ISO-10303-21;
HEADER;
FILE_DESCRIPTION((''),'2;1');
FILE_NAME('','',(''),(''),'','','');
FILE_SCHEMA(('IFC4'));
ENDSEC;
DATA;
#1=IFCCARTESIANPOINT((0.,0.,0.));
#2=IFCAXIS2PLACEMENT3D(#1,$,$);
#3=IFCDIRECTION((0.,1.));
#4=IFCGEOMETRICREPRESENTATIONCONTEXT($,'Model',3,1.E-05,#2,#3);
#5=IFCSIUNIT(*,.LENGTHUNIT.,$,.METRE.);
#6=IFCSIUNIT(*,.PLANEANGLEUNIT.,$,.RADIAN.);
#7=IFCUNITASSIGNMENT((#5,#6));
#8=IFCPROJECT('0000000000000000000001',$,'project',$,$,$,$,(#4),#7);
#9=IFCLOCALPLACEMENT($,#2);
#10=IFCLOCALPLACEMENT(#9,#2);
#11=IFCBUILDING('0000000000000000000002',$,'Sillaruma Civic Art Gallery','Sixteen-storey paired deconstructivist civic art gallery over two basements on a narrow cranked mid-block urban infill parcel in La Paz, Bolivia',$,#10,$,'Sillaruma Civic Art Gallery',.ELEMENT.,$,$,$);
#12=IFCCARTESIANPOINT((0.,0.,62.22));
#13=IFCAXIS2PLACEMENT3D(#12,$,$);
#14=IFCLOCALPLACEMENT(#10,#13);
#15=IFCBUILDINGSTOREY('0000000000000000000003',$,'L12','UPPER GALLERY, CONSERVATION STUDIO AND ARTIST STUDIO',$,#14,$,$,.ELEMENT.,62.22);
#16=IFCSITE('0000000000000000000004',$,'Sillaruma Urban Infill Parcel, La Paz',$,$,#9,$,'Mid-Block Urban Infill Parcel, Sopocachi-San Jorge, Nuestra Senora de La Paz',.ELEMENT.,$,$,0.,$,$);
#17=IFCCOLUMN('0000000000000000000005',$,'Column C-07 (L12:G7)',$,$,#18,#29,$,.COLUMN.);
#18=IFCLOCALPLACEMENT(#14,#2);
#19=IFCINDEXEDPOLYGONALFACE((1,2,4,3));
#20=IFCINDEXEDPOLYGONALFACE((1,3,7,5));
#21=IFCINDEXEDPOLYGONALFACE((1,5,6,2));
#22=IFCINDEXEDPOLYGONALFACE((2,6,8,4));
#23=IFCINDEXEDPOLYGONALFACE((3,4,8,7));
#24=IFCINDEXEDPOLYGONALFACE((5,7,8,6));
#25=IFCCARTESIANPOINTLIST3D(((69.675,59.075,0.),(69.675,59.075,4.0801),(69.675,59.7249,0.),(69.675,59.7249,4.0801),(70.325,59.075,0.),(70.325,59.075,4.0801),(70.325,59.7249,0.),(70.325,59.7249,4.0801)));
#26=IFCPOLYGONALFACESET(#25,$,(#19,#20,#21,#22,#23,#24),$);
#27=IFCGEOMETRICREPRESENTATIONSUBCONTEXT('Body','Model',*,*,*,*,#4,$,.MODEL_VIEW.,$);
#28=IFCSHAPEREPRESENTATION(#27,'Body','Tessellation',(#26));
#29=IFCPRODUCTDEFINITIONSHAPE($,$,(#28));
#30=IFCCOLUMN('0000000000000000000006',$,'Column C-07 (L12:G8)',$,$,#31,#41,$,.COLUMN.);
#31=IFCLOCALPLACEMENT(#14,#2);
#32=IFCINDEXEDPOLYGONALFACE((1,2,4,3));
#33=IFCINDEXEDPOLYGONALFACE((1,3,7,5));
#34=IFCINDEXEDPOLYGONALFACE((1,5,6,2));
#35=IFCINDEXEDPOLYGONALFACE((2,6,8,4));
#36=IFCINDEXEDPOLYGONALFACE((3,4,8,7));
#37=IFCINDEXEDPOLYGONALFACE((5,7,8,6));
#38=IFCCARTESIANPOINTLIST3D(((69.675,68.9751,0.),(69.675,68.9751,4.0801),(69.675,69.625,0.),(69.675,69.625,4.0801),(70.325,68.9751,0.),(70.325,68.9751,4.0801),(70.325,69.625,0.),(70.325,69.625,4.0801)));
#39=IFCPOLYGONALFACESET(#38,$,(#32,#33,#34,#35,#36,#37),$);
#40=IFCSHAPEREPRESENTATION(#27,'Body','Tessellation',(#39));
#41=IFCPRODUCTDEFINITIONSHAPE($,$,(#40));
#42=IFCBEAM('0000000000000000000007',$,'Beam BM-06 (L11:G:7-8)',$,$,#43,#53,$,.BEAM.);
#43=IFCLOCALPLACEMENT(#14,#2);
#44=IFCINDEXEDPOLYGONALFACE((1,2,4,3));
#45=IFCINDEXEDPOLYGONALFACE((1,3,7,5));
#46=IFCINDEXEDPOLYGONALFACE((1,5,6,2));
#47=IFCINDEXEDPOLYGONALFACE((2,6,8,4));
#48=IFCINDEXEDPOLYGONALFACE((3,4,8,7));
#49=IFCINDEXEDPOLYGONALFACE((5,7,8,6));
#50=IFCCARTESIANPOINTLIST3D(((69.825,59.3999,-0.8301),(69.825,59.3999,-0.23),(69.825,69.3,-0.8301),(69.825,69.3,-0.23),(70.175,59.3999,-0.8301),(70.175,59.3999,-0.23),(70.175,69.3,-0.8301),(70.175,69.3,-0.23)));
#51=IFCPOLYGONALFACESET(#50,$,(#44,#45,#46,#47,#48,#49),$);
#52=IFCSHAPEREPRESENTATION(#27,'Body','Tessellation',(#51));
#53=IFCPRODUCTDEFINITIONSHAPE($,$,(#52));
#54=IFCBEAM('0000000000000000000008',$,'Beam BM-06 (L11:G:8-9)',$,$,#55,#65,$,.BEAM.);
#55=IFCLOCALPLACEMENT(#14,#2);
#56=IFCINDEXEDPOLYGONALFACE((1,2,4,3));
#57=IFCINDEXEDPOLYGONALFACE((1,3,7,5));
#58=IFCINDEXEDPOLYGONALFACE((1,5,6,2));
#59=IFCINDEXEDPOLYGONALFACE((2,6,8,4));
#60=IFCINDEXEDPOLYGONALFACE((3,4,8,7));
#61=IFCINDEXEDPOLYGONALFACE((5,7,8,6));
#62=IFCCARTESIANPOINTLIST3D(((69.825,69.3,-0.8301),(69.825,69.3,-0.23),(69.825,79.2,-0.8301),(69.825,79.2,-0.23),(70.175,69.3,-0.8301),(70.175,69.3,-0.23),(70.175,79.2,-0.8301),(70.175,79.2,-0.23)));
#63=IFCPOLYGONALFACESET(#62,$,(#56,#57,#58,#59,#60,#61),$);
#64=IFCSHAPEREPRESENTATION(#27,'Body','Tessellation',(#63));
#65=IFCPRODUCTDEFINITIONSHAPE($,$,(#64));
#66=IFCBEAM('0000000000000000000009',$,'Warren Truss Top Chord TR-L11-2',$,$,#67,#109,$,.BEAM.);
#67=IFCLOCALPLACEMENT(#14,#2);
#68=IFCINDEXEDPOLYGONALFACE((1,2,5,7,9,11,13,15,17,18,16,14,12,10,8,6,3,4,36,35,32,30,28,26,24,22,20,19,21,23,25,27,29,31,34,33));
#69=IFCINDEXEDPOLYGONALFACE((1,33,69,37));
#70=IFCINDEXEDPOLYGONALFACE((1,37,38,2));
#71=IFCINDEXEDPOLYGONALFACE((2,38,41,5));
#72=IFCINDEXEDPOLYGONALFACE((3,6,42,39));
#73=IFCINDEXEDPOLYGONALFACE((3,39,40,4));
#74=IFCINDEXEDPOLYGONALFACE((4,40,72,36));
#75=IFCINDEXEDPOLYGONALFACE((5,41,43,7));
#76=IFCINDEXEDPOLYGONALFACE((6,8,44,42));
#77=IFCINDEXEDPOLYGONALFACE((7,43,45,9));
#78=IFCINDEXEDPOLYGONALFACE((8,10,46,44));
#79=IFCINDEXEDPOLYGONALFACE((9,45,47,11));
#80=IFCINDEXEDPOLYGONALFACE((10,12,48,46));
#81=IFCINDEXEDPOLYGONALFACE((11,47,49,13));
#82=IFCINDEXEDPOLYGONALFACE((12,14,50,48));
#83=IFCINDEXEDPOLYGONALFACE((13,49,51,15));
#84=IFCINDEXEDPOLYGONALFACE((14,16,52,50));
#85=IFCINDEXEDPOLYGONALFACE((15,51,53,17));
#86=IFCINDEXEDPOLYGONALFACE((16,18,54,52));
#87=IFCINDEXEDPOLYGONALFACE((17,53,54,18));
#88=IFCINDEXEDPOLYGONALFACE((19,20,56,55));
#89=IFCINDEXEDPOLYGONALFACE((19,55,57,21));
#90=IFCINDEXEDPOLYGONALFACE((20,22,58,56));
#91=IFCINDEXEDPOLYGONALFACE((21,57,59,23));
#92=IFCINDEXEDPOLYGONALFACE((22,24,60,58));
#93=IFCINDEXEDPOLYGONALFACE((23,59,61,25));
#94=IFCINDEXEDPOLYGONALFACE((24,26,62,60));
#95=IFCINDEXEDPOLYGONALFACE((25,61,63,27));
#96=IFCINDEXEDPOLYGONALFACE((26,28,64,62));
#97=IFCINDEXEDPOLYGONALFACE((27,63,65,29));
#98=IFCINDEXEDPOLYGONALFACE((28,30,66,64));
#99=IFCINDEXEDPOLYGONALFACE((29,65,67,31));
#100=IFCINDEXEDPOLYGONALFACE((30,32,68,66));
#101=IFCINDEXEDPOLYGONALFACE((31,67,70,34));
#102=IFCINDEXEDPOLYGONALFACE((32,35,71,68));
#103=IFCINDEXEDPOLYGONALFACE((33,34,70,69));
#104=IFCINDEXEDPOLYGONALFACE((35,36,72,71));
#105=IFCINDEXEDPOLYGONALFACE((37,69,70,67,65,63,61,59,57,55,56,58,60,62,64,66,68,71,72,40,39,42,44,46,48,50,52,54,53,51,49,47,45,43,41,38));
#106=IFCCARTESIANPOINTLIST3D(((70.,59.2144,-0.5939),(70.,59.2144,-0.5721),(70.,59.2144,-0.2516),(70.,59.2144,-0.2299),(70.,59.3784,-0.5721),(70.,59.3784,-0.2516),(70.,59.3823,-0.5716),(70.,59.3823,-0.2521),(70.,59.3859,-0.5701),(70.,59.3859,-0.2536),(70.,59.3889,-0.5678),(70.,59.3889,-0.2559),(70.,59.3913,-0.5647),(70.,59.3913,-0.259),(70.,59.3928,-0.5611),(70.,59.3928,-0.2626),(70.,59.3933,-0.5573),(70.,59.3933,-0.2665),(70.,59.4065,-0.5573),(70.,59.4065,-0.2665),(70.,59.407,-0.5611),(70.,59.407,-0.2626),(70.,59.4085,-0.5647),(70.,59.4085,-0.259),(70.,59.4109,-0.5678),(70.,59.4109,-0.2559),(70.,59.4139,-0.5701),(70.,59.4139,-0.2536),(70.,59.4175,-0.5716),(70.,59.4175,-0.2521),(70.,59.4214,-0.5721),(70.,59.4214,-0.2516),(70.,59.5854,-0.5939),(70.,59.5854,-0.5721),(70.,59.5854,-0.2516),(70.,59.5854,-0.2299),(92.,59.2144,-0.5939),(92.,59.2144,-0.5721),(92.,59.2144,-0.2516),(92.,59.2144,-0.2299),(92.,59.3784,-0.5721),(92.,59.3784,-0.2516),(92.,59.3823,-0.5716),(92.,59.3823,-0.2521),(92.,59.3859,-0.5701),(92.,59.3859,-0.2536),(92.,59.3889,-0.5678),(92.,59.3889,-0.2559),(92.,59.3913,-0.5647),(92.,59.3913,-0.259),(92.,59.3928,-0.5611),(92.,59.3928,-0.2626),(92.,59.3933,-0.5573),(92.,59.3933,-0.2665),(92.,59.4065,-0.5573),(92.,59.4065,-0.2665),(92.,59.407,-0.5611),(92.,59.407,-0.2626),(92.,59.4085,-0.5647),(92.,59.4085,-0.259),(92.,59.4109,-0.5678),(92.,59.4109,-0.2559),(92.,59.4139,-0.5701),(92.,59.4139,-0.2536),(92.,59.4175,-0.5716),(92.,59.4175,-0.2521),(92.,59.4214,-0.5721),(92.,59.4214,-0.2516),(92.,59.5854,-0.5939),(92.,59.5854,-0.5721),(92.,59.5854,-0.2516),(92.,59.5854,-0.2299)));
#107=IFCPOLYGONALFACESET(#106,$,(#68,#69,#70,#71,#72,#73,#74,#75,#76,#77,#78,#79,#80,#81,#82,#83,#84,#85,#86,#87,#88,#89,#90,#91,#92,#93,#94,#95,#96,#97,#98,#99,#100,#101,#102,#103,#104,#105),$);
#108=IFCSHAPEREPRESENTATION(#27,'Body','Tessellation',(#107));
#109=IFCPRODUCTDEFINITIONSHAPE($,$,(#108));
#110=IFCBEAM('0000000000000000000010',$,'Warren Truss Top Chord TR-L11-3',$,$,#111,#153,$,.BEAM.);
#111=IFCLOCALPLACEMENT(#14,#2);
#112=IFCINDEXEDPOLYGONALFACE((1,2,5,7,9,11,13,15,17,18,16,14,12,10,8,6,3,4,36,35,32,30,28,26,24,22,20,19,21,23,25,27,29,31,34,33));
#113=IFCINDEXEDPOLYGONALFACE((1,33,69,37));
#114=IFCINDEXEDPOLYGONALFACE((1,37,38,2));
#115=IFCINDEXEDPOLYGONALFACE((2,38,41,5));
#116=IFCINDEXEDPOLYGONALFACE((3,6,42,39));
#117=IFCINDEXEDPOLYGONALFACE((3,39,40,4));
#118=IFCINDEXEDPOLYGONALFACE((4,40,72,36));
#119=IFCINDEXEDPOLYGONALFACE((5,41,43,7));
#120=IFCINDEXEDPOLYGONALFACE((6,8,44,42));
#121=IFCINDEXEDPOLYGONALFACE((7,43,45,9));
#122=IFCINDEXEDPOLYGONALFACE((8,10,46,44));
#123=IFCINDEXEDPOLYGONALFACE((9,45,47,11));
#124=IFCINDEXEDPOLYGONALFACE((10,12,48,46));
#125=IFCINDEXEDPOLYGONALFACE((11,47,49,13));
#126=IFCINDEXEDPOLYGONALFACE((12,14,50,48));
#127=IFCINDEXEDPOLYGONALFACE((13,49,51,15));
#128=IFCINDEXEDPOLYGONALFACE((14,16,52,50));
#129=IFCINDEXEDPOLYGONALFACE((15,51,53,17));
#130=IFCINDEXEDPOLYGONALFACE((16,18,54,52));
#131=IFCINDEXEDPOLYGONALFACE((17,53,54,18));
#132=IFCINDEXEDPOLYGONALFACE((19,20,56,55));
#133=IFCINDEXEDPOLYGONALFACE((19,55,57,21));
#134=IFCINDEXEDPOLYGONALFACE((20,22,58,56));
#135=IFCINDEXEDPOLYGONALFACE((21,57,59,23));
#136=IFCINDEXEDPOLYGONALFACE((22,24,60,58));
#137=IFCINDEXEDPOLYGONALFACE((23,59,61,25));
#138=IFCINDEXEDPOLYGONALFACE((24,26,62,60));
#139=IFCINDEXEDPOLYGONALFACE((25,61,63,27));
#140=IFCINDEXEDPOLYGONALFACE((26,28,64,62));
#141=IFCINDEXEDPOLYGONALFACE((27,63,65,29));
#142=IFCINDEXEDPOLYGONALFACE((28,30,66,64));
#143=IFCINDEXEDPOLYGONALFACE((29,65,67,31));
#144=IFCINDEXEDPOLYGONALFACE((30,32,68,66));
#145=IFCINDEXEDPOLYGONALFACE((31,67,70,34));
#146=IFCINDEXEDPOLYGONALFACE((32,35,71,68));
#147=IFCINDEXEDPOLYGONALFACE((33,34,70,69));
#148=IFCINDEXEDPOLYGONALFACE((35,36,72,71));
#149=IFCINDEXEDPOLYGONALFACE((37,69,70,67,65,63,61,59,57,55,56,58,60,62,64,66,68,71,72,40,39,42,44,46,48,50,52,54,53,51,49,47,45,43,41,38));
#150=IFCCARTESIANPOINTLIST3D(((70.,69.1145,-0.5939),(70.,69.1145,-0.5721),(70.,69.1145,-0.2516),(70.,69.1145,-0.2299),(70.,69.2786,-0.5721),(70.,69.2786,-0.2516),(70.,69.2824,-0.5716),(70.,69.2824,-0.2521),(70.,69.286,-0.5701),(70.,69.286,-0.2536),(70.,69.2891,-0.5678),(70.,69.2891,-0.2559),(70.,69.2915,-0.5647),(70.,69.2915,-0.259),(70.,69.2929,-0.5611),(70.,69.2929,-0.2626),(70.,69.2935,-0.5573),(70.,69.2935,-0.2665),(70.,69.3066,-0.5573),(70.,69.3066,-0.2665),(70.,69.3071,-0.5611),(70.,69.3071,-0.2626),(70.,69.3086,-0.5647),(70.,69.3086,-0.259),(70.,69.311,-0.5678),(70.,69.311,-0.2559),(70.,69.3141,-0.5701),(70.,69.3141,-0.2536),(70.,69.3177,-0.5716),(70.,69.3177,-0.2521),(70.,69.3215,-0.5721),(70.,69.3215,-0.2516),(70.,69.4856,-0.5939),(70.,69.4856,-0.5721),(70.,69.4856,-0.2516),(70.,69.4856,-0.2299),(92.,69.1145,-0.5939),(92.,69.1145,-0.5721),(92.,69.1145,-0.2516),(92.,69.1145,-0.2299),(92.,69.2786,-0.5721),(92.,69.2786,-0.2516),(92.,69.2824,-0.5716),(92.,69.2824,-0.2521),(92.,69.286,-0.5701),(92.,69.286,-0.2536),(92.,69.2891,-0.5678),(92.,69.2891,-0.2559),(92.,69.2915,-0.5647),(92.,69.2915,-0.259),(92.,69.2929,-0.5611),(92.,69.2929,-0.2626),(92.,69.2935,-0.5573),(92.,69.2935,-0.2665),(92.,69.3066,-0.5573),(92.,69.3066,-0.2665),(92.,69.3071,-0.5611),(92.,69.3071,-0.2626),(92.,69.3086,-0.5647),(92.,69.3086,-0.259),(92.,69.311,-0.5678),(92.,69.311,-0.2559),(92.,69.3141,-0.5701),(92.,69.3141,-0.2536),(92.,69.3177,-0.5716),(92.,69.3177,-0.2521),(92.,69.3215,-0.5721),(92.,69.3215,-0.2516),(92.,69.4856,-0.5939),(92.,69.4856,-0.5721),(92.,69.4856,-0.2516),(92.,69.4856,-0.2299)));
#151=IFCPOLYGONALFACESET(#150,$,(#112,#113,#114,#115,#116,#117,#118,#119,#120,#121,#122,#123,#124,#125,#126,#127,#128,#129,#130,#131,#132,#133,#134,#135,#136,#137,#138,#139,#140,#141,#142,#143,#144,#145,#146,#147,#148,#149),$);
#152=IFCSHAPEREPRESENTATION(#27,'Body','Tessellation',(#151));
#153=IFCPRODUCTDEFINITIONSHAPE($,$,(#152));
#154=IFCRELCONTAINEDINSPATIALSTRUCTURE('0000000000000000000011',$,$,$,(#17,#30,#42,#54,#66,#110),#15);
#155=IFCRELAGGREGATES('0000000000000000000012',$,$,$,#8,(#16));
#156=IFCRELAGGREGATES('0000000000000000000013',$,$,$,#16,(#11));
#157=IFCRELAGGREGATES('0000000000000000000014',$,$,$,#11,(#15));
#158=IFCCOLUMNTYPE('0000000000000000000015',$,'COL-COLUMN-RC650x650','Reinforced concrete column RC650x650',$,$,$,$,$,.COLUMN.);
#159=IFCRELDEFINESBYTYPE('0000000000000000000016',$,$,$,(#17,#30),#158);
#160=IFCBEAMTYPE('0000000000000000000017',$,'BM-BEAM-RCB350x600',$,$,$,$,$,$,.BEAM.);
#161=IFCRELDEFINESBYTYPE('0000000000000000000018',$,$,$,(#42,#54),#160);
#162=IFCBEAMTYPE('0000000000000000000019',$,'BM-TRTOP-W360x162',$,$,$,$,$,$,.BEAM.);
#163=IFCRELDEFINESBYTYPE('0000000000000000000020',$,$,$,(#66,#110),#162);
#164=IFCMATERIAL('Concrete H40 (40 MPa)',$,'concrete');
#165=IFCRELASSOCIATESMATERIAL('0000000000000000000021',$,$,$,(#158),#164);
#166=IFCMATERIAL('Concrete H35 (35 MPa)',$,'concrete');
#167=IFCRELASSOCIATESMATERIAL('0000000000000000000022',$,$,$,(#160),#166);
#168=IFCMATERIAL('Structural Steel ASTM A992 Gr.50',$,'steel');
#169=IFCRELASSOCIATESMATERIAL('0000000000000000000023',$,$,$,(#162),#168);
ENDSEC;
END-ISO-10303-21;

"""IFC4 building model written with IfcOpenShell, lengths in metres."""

from ifc_helpers import new_model, si_unit, direction, frame, origin, origin_2d, place, context, subcontext, project, spatial, rectangle, i_section, extrude, material, material_profile, profile_set, type_object, element, save


model = new_model("IFC4")

# Units and contexts
model_context = context("Model", 3, precision=1e-05, world=origin(), true_north=direction((0.0, 1.0)))
body_context = subcontext(model_context, "Body", "Model", "MODEL_VIEW")
ifc_project = project(units=[si_unit("LENGTHUNIT", "METRE"), si_unit("PLANEANGLEUNIT", "RADIAN")], contexts=[model_context])

# Site, building, storey
site_placement = place(None, origin())
site = spatial("IfcSite", under=ifc_project, at=site_placement, Name="Sillaruma Urban Infill Parcel, La Paz", LongName="Mid-Block Urban Infill Parcel, Sopocachi-San Jorge, Nuestra Senora de La Paz", CompositionType="ELEMENT", RefElevation=0.0)
building_placement = place(site_placement, origin())
building = spatial("IfcBuilding", under=site, at=building_placement, Name="Sillaruma Civic Art Gallery", Description="Sixteen-storey paired deconstructivist civic art gallery over two basements on a narrow cranked mid-block urban infill parcel in La Paz, Bolivia", LongName="Sillaruma Civic Art Gallery", CompositionType="ELEMENT")
storey_placement = place(building_placement, frame((0.0, 0.0, 62.22)))
storey = spatial("IfcBuildingStorey", under=building, at=storey_placement, Name="L12", Description="UPPER GALLERY, CONSERVATION STUDIO AND ARTIST STUDIO", CompositionType="ELEMENT", Elevation=62.22)

# Columns
ifc_material_1 = material(Name="Concrete H40 (40 MPa)", Category="concrete")
ifc_material_profile_1 = material_profile(ifc_material_1, rectangle(XDim=0.6499, YDim=0.6499, at=origin_2d()), Name="RC650x650")
ifc_profile_set_1 = profile_set([ifc_material_profile_1], Name="Concrete H40 (40 MPa)")
column_type = type_object("IfcColumnType", Name="COL-COLUMN-RC650x650", Description="Reinforced concrete column RC650x650", PredefinedType="COLUMN", material=ifc_profile_set_1)
for number, where, z_axis, x_axis, name in (
    (1, (70.0, 59.3999, 0.0), (0.0, 0.0, 1.0), (1.0, 0.0, 0.0), "Column C-07 (L12:G7)"),
    (2, (70.0, 69.3, 0.0), (0.0, 0.0, 1.0), (1.0, 0.0, 0.0), "Column C-07 (L12:G8)"),
):
    element("IfcColumn", number, at=place(storey_placement, frame(where, z_axis=z_axis, x_axis=x_axis)), inside=storey, type_object=column_type, Name=name, PredefinedType="COLUMN", context=body_context, shape_type="SweptSolid", body=[
        extrude(rectangle(XDim=0.6499, YDim=0.6499, at=origin_2d()), origin(), (0.0, 0.0, 1.0), 4.0801),
    ])

# Beams
ifc_material_2 = material(Name="Concrete H35 (35 MPa)", Category="concrete")
ifc_material_profile_2 = material_profile(ifc_material_2, rectangle(XDim=0.3501, YDim=0.6001, at=origin_2d()), Name="RCB350x600")
ifc_profile_set_2 = profile_set([ifc_material_profile_2], Name="Concrete H35 (35 MPa)")
beam_type_1 = type_object("IfcBeamType", Name="BM-BEAM-RCB350x600", PredefinedType="BEAM", material=ifc_profile_set_2)
beam_1_placement = place(storey_placement, frame((70.0, 59.3999, -0.53), z_axis=(0.0, 1.0, 0.0), x_axis=(-1.0, 0.0, 0.0)))
element("IfcBeam", 3, at=beam_1_placement, inside=storey, type_object=beam_type_1, Name="Beam BM-06 (L11:G:7-8)", PredefinedType="BEAM", context=body_context, shape_type="SweptSolid", body=[
    extrude(rectangle(XDim=0.3501, YDim=0.6001, at=origin_2d()), origin(), (0.0, 0.0, 1.0), 9.9001),
])
beam_2_placement = place(storey_placement, frame((70.0, 69.3, -0.53), z_axis=(0.0, 1.0, 0.0), x_axis=(-1.0, 0.0, 0.0)))
element("IfcBeam", 4, at=beam_2_placement, inside=storey, type_object=beam_type_1, Name="Beam BM-06 (L11:G:8-9)", PredefinedType="BEAM", context=body_context, shape_type="SweptSolid", body=[
    extrude(rectangle(XDim=0.3501, YDim=0.6001, at=origin_2d()), origin(), (0.0, 0.0, 1.0), 9.8999),
])
ifc_material_3 = material(Name="Structural Steel ASTM A992 Gr.50", Category="steel")
ifc_material_profile_3 = material_profile(ifc_material_3, i_section(OverallWidth=0.3711, OverallDepth=0.364, WebThickness=0.0132, FlangeThickness=0.0217, FilletRadius=0.0149, at=origin_2d()), Name="W360x162")
ifc_profile_set_3 = profile_set([ifc_material_profile_3], Name="Structural Steel ASTM A992 Gr.50")
beam_type_2 = type_object("IfcBeamType", Name="BM-TRTOP-W360x162", PredefinedType="BEAM", material=ifc_profile_set_3)
for number, where, z_axis, x_axis, name in (
    (5, (70.0, 59.3999, -0.4119), (1.0, 0.0, 0.0), (0.0, 1.0, 0.0), "Warren Truss Top Chord TR-L11-2"),
    (6, (70.0, 69.3, -0.4119), (1.0, 0.0, 0.0), (0.0, 1.0, 0.0), "Warren Truss Top Chord TR-L11-3"),
):
    element("IfcBeam", number, at=place(storey_placement, frame(where, z_axis=z_axis, x_axis=x_axis)), inside=storey, type_object=beam_type_2, Name=name, PredefinedType="BEAM", context=body_context, shape_type="SweptSolid", body=[
        extrude(i_section(OverallWidth=0.3711, OverallDepth=0.364, WebThickness=0.0132, FlangeThickness=0.0217, FilletRadius=0.0149, at=origin_2d()), origin(), (0.0, 0.0, 1.0), 22.0),
    ])

save(model, "model.ifc")
